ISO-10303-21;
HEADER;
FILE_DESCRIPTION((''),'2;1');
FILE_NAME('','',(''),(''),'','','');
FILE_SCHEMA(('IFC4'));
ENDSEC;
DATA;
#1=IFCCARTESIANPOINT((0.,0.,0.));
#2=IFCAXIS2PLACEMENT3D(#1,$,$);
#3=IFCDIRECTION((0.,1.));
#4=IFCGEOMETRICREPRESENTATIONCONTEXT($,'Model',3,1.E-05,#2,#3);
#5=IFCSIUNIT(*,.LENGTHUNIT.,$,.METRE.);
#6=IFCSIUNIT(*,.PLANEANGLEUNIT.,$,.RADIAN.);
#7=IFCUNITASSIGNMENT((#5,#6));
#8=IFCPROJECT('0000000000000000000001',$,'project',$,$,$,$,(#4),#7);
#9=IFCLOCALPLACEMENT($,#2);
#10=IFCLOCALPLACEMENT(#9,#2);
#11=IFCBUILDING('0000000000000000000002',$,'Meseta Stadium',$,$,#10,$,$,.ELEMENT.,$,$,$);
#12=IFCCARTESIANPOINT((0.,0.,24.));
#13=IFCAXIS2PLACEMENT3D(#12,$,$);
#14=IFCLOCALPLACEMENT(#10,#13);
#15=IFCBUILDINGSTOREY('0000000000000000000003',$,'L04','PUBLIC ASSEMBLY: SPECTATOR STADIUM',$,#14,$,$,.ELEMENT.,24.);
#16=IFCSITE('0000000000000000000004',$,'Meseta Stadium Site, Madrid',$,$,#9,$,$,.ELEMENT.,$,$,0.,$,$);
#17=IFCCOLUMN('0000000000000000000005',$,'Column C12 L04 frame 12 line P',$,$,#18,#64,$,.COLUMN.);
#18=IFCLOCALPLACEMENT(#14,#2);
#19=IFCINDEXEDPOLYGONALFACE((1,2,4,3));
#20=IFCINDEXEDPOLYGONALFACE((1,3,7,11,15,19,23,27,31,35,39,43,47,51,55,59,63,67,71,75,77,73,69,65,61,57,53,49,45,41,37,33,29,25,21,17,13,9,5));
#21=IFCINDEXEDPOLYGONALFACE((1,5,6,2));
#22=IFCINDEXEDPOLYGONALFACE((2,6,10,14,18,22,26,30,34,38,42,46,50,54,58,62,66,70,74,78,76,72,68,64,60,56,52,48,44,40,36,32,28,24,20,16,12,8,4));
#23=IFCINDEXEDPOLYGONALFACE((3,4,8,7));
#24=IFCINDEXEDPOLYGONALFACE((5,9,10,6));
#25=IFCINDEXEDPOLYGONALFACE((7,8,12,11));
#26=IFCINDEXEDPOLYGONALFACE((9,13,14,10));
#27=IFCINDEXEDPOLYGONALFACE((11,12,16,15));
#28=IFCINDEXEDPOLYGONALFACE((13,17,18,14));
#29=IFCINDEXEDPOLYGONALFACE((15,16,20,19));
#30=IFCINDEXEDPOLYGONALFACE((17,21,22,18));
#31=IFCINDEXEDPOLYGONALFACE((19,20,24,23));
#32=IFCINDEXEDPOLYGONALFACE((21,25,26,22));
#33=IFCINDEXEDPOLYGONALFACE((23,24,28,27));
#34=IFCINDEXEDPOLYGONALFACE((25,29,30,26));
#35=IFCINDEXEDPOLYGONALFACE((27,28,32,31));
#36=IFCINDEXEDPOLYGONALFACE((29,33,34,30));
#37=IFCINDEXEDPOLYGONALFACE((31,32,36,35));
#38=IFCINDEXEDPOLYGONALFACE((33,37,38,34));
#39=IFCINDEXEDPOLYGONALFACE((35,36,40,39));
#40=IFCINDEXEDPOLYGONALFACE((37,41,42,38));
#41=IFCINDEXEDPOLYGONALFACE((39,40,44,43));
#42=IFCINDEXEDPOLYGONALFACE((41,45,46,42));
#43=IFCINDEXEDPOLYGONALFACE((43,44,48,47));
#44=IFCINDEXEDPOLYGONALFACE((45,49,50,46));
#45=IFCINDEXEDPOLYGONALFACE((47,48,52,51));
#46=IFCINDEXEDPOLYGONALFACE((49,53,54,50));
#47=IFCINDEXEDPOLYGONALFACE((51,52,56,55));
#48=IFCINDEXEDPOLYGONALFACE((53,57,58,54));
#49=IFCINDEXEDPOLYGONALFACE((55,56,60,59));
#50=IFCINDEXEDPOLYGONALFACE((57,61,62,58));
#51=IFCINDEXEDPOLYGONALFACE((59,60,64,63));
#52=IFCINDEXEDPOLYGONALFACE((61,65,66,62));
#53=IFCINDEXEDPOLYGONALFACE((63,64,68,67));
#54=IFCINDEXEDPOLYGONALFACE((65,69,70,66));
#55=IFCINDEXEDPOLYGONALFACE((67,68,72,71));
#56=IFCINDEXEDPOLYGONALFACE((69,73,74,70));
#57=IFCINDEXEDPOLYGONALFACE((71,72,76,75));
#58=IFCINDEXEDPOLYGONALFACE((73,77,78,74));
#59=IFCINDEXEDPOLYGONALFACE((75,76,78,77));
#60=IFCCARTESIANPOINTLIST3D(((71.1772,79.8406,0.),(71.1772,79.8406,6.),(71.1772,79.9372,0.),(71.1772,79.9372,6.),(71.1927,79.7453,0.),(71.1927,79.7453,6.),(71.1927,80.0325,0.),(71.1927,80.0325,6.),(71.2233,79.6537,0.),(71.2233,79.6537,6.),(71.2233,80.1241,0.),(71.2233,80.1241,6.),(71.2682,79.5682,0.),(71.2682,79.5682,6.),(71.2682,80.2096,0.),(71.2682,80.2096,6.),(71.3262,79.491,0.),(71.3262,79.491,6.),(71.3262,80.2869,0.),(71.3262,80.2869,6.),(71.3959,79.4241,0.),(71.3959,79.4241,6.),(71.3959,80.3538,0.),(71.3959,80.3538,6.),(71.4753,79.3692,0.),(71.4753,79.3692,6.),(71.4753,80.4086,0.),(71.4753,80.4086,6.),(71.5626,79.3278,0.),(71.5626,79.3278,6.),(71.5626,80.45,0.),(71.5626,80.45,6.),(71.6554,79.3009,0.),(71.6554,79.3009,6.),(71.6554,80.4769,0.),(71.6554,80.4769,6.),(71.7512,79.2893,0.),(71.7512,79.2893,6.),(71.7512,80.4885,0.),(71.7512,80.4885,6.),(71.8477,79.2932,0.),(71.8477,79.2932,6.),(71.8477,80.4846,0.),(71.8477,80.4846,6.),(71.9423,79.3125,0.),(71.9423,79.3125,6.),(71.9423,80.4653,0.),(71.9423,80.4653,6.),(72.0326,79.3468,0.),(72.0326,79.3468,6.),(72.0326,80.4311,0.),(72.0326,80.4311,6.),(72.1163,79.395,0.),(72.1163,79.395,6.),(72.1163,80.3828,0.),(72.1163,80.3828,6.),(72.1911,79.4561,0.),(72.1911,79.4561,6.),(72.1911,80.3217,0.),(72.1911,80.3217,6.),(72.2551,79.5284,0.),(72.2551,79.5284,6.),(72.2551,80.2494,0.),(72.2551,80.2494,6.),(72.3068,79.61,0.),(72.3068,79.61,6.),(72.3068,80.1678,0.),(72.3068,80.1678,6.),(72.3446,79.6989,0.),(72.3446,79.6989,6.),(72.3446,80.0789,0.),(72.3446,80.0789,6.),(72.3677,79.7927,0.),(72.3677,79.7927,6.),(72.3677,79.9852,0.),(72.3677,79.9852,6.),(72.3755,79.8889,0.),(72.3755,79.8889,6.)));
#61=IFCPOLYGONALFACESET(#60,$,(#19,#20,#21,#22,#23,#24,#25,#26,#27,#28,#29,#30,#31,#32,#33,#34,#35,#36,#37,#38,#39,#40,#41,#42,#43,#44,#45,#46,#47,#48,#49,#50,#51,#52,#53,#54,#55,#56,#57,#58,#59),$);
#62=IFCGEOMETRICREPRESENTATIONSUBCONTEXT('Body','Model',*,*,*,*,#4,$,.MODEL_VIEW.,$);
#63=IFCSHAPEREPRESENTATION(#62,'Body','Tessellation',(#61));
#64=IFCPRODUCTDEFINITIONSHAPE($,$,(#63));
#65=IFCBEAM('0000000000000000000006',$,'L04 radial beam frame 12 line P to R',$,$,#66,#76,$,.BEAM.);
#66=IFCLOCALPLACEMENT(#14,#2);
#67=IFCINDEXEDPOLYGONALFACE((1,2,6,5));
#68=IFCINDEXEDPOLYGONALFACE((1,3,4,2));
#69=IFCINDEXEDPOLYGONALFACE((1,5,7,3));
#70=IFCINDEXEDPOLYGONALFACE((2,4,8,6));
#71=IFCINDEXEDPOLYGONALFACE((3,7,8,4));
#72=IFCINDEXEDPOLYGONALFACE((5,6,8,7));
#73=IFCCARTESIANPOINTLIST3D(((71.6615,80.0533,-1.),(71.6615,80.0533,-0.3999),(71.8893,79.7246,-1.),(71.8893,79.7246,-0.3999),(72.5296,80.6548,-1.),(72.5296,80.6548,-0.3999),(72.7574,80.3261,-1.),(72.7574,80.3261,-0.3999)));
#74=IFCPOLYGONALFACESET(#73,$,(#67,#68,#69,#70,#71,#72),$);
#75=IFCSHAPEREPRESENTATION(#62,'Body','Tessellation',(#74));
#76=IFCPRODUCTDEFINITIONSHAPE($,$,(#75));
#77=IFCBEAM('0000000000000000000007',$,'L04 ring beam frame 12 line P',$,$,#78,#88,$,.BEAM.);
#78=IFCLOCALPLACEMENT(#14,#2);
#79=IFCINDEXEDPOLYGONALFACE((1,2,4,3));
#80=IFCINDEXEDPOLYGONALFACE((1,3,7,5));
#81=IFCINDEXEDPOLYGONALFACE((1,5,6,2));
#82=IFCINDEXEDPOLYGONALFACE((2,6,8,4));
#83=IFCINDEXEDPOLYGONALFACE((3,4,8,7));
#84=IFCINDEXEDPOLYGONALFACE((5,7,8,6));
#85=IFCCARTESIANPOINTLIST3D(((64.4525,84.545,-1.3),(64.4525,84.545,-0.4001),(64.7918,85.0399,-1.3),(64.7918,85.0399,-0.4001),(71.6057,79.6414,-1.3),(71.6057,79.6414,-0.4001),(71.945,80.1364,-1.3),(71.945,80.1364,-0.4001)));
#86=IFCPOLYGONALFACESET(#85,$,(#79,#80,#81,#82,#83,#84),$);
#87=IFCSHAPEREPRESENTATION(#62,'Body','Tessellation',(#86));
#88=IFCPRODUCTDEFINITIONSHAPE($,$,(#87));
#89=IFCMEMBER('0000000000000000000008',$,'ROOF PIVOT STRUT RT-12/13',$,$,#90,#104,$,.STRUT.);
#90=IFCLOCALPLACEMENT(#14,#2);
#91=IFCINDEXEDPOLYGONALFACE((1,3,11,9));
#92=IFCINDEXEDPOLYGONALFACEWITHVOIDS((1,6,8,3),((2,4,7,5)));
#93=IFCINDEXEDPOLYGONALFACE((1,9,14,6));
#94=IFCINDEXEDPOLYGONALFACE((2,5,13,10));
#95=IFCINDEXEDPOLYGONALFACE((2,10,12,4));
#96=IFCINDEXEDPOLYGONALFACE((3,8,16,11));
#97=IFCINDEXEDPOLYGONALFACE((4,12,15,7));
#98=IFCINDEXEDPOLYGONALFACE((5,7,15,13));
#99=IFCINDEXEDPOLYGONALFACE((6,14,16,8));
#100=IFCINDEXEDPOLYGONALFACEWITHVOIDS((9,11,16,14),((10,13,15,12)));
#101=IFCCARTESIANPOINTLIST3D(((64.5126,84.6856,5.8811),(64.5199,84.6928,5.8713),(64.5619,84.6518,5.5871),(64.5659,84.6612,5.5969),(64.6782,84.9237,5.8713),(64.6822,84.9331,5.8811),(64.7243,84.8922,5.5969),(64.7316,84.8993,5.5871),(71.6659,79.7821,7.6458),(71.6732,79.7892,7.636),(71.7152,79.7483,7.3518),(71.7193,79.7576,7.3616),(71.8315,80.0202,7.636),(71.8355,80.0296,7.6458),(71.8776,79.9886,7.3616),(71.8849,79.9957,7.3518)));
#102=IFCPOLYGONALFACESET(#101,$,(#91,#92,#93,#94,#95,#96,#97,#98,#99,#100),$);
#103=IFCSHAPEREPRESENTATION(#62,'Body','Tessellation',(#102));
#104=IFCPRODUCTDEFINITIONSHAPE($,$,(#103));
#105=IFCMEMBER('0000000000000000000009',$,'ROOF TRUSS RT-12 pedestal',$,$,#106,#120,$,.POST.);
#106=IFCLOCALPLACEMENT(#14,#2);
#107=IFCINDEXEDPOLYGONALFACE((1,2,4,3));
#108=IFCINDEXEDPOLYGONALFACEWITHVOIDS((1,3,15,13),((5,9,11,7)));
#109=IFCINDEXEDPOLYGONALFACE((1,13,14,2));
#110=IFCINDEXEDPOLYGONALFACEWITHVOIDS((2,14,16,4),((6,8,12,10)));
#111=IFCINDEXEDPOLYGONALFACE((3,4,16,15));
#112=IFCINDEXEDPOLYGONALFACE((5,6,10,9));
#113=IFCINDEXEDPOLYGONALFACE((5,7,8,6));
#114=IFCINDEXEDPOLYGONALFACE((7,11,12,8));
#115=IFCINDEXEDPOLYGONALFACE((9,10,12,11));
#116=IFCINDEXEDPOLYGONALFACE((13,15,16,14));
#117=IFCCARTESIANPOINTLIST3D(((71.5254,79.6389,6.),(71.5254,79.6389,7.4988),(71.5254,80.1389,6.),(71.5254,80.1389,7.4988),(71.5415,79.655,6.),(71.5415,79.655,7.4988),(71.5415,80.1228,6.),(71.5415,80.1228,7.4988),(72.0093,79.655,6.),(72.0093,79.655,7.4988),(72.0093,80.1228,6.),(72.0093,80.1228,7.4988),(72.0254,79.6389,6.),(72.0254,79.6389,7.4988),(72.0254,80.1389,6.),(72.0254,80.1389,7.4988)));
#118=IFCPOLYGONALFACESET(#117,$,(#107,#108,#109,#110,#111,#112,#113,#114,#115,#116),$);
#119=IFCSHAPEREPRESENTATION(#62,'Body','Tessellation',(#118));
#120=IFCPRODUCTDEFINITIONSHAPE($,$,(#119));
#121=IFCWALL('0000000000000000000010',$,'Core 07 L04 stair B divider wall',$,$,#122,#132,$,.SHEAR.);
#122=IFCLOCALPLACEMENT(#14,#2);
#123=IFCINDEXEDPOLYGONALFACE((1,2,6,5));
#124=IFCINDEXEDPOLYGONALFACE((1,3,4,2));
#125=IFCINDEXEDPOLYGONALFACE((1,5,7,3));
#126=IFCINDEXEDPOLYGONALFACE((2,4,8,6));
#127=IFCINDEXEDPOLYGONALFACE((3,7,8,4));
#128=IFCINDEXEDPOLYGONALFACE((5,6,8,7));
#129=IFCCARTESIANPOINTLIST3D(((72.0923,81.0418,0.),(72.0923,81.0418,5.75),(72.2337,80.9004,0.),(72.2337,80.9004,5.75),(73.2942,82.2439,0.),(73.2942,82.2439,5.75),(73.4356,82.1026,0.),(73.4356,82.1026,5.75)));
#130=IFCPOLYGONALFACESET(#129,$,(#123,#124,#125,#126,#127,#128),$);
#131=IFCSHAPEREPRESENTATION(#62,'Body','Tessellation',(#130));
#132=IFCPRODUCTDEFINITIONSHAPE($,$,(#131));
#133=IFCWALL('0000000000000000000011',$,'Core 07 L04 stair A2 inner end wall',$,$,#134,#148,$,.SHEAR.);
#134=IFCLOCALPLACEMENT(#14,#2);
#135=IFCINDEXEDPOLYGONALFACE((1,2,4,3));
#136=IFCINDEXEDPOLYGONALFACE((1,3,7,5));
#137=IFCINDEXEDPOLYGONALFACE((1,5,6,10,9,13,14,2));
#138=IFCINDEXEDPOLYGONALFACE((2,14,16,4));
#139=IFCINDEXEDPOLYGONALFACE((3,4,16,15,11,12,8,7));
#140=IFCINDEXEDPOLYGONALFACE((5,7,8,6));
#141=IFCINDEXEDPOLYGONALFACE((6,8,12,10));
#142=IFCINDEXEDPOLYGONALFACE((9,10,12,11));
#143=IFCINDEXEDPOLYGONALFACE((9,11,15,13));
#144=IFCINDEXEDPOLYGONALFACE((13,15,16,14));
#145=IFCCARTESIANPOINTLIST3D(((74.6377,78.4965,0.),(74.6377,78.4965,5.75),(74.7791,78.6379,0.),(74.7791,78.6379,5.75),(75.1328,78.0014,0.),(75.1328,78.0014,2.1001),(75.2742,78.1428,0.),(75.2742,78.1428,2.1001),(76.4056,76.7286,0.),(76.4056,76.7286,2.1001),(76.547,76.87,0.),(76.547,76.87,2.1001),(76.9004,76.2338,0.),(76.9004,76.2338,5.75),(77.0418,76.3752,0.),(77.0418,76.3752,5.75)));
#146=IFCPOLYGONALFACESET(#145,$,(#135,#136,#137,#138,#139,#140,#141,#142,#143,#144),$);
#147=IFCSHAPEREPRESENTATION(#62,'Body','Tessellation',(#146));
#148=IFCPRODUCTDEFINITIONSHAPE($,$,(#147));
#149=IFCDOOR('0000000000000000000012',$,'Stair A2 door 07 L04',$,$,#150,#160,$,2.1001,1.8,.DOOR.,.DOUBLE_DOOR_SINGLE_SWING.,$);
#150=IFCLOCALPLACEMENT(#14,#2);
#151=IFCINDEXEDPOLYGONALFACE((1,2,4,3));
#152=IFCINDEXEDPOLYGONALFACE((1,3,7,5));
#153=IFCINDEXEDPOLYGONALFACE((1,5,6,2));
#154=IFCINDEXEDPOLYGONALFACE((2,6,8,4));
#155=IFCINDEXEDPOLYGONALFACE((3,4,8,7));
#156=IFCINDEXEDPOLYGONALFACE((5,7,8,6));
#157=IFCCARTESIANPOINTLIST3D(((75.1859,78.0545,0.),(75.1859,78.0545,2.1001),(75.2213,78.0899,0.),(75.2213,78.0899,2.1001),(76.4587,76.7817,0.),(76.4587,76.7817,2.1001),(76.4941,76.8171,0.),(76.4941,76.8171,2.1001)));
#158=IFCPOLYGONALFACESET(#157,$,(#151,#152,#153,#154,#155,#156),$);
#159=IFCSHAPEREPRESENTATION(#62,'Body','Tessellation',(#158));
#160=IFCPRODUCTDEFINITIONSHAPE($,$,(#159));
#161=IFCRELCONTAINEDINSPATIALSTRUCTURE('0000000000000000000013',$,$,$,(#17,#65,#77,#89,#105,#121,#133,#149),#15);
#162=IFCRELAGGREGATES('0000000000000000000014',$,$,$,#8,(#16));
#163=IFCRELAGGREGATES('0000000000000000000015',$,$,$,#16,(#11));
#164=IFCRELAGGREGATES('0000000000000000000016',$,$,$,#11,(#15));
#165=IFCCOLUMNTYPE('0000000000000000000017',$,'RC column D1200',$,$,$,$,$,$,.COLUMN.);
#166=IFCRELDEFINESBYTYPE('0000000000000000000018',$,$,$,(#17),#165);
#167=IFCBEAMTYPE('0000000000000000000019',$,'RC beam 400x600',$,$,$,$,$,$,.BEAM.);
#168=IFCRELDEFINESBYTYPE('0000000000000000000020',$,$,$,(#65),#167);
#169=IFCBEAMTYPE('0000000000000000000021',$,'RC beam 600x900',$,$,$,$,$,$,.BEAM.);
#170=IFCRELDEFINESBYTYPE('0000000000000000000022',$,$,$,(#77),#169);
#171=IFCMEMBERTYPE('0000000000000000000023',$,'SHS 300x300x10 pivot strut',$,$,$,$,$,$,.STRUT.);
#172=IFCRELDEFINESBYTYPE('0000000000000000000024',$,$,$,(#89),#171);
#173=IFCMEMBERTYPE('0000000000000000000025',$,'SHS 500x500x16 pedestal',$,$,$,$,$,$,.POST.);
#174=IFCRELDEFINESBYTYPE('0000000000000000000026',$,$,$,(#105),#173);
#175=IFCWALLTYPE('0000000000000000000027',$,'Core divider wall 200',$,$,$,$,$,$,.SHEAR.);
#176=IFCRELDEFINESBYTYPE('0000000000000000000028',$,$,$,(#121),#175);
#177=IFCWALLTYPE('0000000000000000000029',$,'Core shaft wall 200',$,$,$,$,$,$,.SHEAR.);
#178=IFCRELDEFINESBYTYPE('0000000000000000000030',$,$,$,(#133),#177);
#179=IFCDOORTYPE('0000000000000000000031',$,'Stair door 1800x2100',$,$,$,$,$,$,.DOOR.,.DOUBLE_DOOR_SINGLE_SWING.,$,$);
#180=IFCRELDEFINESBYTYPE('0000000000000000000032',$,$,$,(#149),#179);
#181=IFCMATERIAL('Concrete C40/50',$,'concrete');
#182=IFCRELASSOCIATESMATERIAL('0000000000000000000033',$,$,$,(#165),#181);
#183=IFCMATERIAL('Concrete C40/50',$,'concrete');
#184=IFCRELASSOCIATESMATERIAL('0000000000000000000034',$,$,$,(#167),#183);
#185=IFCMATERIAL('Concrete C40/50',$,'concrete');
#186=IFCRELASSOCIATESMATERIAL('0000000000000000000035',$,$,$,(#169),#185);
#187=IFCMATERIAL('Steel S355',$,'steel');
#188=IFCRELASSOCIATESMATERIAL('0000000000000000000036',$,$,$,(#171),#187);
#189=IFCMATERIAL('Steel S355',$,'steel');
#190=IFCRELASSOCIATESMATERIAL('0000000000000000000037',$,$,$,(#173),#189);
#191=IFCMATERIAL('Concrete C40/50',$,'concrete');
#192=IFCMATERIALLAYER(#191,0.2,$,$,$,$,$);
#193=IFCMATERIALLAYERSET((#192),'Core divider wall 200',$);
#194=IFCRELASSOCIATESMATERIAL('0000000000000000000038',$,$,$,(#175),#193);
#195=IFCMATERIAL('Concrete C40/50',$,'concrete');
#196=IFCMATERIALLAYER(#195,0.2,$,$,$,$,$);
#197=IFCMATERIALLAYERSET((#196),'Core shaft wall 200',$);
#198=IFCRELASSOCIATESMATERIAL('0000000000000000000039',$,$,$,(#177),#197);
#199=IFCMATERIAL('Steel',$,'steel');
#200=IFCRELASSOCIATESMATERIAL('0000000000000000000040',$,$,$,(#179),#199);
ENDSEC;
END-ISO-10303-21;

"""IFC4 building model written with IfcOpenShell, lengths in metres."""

from ifc_helpers import new_model, si_unit, direction, frame, frame_2d, origin, origin_2d, place, context, subcontext, project, spatial, rectangle, hollow_rectangle, circle, extrude, material, layer, layer_set, material_profile, profile_set, type_object, element, fill, save


model = new_model("IFC4")

# Units and contexts
model_context = context("Model", 3, precision=1e-05, world=origin(), true_north=direction((0.0, 1.0)))
body_context = subcontext(model_context, "Body", "Model", "MODEL_VIEW")
ifc_project = project(units=[si_unit("LENGTHUNIT", "METRE"), si_unit("PLANEANGLEUNIT", "RADIAN")], contexts=[model_context])

# Site, building, storey
site_placement = place(None, origin())
site = spatial("IfcSite", under=ifc_project, at=site_placement, Name="Meseta Stadium Site, Madrid", CompositionType="ELEMENT", RefElevation=0.0)
building_placement = place(site_placement, origin())
building = spatial("IfcBuilding", under=site, at=building_placement, Name="Meseta Stadium", CompositionType="ELEMENT")
storey_placement = place(building_placement, frame((0.0, 0.0, 24.0)))
storey = spatial("IfcBuildingStorey", under=building, at=storey_placement, Name="L04", Description="PUBLIC ASSEMBLY: SPECTATOR STADIUM", CompositionType="ELEMENT", Elevation=24.0)

# Column
ifc_material_1 = material(Name="Concrete C40/50", Category="concrete")
ifc_material_profile_1 = material_profile(ifc_material_1, circle(Radius=0.6001, at=origin_2d()), Name="RC D1200")
ifc_profile_set_1 = profile_set([ifc_material_profile_1], Name="Concrete C40/50")
column_type = type_object("IfcColumnType", Name="RC column D1200", PredefinedType="COLUMN", material=ifc_profile_set_1)
column_placement = place(storey_placement, frame((71.7754, 79.8889, 0.0), z_axis=(0.0, 0.0, 1.0), x_axis=(1.0, 0.0, 0.0)))
element("IfcColumn", 1, at=column_placement, inside=storey, type_object=column_type, Name="Column C12 L04 frame 12 line P", PredefinedType="COLUMN", context=body_context, shape_type="SweptSolid", body=[
    extrude(circle(Radius=0.6001, at=origin_2d()), origin(), (0.0, 0.0, 1.0), 6.0),
])

# Beams
ifc_material_2 = material(Name="Concrete C40/50", Category="concrete")
ifc_material_profile_2 = material_profile(ifc_material_2, rectangle(XDim=0.3999, YDim=0.6001, at=origin_2d()), Name="RC 400x600")
ifc_profile_set_2 = profile_set([ifc_material_profile_2], Name="Concrete C40/50")
beam_type_1 = type_object("IfcBeamType", Name="RC beam 400x600", PredefinedType="BEAM", material=ifc_profile_set_2)
beam_1_placement = place(storey_placement, frame((71.7754, 79.8889, -0.7), z_axis=(0.821959, 0.569546, 0.0), x_axis=(-0.569546, 0.821959, 0.0)))
element("IfcBeam", 2, at=beam_1_placement, inside=storey, type_object=beam_type_1, Name="L04 radial beam frame 12 line P to R", PredefinedType="BEAM", context=body_context, shape_type="SweptSolid", body=[
    extrude(rectangle(XDim=0.3999, YDim=0.6001, at=origin_2d()), origin(), (0.0, 0.0, 1.0), 1.0562),
])
ifc_material_3 = material(Name="Concrete C40/50", Category="concrete")
ifc_material_profile_3 = material_profile(ifc_material_3, rectangle(XDim=0.6001, YDim=0.8999, at=origin_2d()), Name="RC 600x900")
ifc_profile_set_3 = profile_set([ifc_material_profile_3], Name="Concrete C40/50")
beam_type_2 = type_object("IfcBeamType", Name="RC beam 600x900", PredefinedType="BEAM", material=ifc_profile_set_3)
beam_2_placement = place(storey_placement, frame((71.7754, 79.8889, -0.8501), z_axis=(-0.824813, 0.565405, 0.0), x_axis=(-0.565405, -0.824813, 0.0)))
element("IfcBeam", 3, at=beam_2_placement, inside=storey, type_object=beam_type_2, Name="L04 ring beam frame 12 line P", PredefinedType="BEAM", context=body_context, shape_type="SweptSolid", body=[
    extrude(rectangle(XDim=0.6001, YDim=0.8999, at=origin_2d()), origin(), (0.0, 0.0, 1.0), 8.6726),
])

# Members
ifc_material_4 = material(Name="Steel S355", Category="steel")
ifc_material_profile_4 = material_profile(ifc_material_4, hollow_rectangle(XDim=0.3, YDim=0.3, WallThickness=0.01, at=origin_2d()), Name="SHS 300x300x10")
ifc_profile_set_4 = profile_set([ifc_material_profile_4], Name="Steel S355")
member_type_1 = type_object("IfcMemberType", Name="SHS 300x300x10 pivot strut", PredefinedType="STRUT", material=ifc_profile_set_4)
member_1_placement = place(storey_placement, frame((71.7754, 79.8889, 7.4988), z_axis=(-0.808252, 0.554052, -0.199387), x_axis=(-0.565405, -0.824813, 0.0)))
element("IfcMember", 4, at=member_1_placement, inside=storey, type_object=member_type_1, Name="ROOF PIVOT STRUT RT-12/13", PredefinedType="STRUT", context=body_context, shape_type="SweptSolid", body=[
    extrude(hollow_rectangle(XDim=0.3, YDim=0.3, WallThickness=0.01, at=origin_2d()), origin(), (0.0, 0.0, 1.0), 8.8503),
])
ifc_material_5 = material(Name="Steel S355", Category="steel")
ifc_material_profile_5 = material_profile(ifc_material_5, hollow_rectangle(XDim=0.5, YDim=0.5, WallThickness=0.0161, at=origin_2d()), Name="SHS 500x500x16")
ifc_profile_set_5 = profile_set([ifc_material_profile_5], Name="Steel S355")
member_type_2 = type_object("IfcMemberType", Name="SHS 500x500x16 pedestal", PredefinedType="POST", material=ifc_profile_set_5)
member_2_placement = place(storey_placement, frame((71.7754, 79.8889, 6.0), z_axis=(0.0, 0.0, 1.0), x_axis=(1.0, 0.0, 0.0)))
element("IfcMember", 5, at=member_2_placement, inside=storey, type_object=member_type_2, Name="ROOF TRUSS RT-12 pedestal", PredefinedType="POST", context=body_context, shape_type="SweptSolid", body=[
    extrude(hollow_rectangle(XDim=0.5, YDim=0.5, WallThickness=0.0161, at=origin_2d()), origin(), (0.0, 0.0, 1.0), 1.4988),
])

# Wall
ifc_material_6 = material(Name="Concrete C40/50", Category="concrete")
ifc_layer_1 = layer(ifc_material_6, 0.2)
ifc_layer_set_1 = layer_set([ifc_layer_1], Name="Core divider wall 200")
wall_type_1 = type_object("IfcWallType", Name="Core divider wall 200", PredefinedType="SHEAR", material=ifc_layer_set_1)
wall_1_placement = place(storey_placement, frame((73.365, 82.1733, 0.0), z_axis=(0.0, 0.0, 1.0), x_axis=(-0.707035, -0.707179, 0.0)))
element("IfcWall", 6, at=wall_1_placement, inside=storey, type_object=wall_type_1, Name="Core 07 L04 stair B divider wall", PredefinedType="SHEAR", context=body_context, shape_type="SweptSolid", body=[
    extrude(rectangle(XDim=1.7, YDim=0.2, at=frame_2d((0.8501, 0.0))), origin(), (0.0, 0.0, 1.0), 5.75),
])

# Wall, opening, door
ifc_material_7 = material(Name="Concrete C40/50", Category="concrete")
ifc_layer_2 = layer(ifc_material_7, 0.2)
ifc_layer_set_2 = layer_set([ifc_layer_2], Name="Core shaft wall 200")
wall_type_2 = type_object("IfcWallType", Name="Core shaft wall 200", PredefinedType="SHEAR", material=ifc_layer_set_2)
wall_2_placement = place(storey_placement, frame((76.9712, 76.3044, 0.0), z_axis=(0.0, 0.0, 1.0), x_axis=(-0.707107, 0.707107, 0.0)))
wall_2 = element("IfcWall", 7, at=wall_2_placement, inside=storey, type_object=wall_type_2, Name="Core 07 L04 stair A2 inner end wall", PredefinedType="SHEAR", context=body_context, shape_type="SweptSolid", body=[
    extrude(rectangle(XDim=3.2, YDim=0.2, at=frame_2d((1.6001, 0.0))), origin(), (0.0, 0.0, 1.0), 5.75),
])
opening_1_placement = place(wall_2_placement, frame((0.7, 0.0, 0.0)))
opening_1 = element("IfcOpeningElement", 8, at=opening_1_placement, cuts=wall_2, PredefinedType="OPENING", context=body_context, shape_type="SweptSolid", body=[
    extrude(rectangle(XDim=1.8, YDim=2.1001, at=frame_2d((0.8999, 1.05))), frame((0.0, 0.1099, 0.0), z_axis=(0.0, -1.0, 0.0), x_axis=(1.0, 0.0, 0.0)), (0.0, 0.0, 1.0), 0.22),
])
ifc_material_8 = material(Name="Steel", Category="steel")
door_type = type_object("IfcDoorType", Name="Stair door 1800x2100", OperationType="DOUBLE_DOOR_SINGLE_SWING", PredefinedType="DOOR", material=ifc_material_8)
door_1_placement = place(opening_1_placement, origin())
door_1 = element("IfcDoor", 9, at=door_1_placement, inside=storey, type_object=door_type, Name="Stair A2 door 07 L04", OperationType="DOUBLE_DOOR_SINGLE_SWING", OverallHeight=2.1001, OverallWidth=1.8, PredefinedType="DOOR", context=body_context, shape_type="SweptSolid", body=[
    extrude(rectangle(XDim=1.8, YDim=2.1001, at=frame_2d((0.8999, 1.05))), frame((0.0, 0.0249, 0.0), z_axis=(0.0, -1.0, 0.0), x_axis=(1.0, 0.0, 0.0)), (0.0, 0.0, 1.0), 0.05),
])
fill(opening_1, door_1)

save(model, "model.ifc")
